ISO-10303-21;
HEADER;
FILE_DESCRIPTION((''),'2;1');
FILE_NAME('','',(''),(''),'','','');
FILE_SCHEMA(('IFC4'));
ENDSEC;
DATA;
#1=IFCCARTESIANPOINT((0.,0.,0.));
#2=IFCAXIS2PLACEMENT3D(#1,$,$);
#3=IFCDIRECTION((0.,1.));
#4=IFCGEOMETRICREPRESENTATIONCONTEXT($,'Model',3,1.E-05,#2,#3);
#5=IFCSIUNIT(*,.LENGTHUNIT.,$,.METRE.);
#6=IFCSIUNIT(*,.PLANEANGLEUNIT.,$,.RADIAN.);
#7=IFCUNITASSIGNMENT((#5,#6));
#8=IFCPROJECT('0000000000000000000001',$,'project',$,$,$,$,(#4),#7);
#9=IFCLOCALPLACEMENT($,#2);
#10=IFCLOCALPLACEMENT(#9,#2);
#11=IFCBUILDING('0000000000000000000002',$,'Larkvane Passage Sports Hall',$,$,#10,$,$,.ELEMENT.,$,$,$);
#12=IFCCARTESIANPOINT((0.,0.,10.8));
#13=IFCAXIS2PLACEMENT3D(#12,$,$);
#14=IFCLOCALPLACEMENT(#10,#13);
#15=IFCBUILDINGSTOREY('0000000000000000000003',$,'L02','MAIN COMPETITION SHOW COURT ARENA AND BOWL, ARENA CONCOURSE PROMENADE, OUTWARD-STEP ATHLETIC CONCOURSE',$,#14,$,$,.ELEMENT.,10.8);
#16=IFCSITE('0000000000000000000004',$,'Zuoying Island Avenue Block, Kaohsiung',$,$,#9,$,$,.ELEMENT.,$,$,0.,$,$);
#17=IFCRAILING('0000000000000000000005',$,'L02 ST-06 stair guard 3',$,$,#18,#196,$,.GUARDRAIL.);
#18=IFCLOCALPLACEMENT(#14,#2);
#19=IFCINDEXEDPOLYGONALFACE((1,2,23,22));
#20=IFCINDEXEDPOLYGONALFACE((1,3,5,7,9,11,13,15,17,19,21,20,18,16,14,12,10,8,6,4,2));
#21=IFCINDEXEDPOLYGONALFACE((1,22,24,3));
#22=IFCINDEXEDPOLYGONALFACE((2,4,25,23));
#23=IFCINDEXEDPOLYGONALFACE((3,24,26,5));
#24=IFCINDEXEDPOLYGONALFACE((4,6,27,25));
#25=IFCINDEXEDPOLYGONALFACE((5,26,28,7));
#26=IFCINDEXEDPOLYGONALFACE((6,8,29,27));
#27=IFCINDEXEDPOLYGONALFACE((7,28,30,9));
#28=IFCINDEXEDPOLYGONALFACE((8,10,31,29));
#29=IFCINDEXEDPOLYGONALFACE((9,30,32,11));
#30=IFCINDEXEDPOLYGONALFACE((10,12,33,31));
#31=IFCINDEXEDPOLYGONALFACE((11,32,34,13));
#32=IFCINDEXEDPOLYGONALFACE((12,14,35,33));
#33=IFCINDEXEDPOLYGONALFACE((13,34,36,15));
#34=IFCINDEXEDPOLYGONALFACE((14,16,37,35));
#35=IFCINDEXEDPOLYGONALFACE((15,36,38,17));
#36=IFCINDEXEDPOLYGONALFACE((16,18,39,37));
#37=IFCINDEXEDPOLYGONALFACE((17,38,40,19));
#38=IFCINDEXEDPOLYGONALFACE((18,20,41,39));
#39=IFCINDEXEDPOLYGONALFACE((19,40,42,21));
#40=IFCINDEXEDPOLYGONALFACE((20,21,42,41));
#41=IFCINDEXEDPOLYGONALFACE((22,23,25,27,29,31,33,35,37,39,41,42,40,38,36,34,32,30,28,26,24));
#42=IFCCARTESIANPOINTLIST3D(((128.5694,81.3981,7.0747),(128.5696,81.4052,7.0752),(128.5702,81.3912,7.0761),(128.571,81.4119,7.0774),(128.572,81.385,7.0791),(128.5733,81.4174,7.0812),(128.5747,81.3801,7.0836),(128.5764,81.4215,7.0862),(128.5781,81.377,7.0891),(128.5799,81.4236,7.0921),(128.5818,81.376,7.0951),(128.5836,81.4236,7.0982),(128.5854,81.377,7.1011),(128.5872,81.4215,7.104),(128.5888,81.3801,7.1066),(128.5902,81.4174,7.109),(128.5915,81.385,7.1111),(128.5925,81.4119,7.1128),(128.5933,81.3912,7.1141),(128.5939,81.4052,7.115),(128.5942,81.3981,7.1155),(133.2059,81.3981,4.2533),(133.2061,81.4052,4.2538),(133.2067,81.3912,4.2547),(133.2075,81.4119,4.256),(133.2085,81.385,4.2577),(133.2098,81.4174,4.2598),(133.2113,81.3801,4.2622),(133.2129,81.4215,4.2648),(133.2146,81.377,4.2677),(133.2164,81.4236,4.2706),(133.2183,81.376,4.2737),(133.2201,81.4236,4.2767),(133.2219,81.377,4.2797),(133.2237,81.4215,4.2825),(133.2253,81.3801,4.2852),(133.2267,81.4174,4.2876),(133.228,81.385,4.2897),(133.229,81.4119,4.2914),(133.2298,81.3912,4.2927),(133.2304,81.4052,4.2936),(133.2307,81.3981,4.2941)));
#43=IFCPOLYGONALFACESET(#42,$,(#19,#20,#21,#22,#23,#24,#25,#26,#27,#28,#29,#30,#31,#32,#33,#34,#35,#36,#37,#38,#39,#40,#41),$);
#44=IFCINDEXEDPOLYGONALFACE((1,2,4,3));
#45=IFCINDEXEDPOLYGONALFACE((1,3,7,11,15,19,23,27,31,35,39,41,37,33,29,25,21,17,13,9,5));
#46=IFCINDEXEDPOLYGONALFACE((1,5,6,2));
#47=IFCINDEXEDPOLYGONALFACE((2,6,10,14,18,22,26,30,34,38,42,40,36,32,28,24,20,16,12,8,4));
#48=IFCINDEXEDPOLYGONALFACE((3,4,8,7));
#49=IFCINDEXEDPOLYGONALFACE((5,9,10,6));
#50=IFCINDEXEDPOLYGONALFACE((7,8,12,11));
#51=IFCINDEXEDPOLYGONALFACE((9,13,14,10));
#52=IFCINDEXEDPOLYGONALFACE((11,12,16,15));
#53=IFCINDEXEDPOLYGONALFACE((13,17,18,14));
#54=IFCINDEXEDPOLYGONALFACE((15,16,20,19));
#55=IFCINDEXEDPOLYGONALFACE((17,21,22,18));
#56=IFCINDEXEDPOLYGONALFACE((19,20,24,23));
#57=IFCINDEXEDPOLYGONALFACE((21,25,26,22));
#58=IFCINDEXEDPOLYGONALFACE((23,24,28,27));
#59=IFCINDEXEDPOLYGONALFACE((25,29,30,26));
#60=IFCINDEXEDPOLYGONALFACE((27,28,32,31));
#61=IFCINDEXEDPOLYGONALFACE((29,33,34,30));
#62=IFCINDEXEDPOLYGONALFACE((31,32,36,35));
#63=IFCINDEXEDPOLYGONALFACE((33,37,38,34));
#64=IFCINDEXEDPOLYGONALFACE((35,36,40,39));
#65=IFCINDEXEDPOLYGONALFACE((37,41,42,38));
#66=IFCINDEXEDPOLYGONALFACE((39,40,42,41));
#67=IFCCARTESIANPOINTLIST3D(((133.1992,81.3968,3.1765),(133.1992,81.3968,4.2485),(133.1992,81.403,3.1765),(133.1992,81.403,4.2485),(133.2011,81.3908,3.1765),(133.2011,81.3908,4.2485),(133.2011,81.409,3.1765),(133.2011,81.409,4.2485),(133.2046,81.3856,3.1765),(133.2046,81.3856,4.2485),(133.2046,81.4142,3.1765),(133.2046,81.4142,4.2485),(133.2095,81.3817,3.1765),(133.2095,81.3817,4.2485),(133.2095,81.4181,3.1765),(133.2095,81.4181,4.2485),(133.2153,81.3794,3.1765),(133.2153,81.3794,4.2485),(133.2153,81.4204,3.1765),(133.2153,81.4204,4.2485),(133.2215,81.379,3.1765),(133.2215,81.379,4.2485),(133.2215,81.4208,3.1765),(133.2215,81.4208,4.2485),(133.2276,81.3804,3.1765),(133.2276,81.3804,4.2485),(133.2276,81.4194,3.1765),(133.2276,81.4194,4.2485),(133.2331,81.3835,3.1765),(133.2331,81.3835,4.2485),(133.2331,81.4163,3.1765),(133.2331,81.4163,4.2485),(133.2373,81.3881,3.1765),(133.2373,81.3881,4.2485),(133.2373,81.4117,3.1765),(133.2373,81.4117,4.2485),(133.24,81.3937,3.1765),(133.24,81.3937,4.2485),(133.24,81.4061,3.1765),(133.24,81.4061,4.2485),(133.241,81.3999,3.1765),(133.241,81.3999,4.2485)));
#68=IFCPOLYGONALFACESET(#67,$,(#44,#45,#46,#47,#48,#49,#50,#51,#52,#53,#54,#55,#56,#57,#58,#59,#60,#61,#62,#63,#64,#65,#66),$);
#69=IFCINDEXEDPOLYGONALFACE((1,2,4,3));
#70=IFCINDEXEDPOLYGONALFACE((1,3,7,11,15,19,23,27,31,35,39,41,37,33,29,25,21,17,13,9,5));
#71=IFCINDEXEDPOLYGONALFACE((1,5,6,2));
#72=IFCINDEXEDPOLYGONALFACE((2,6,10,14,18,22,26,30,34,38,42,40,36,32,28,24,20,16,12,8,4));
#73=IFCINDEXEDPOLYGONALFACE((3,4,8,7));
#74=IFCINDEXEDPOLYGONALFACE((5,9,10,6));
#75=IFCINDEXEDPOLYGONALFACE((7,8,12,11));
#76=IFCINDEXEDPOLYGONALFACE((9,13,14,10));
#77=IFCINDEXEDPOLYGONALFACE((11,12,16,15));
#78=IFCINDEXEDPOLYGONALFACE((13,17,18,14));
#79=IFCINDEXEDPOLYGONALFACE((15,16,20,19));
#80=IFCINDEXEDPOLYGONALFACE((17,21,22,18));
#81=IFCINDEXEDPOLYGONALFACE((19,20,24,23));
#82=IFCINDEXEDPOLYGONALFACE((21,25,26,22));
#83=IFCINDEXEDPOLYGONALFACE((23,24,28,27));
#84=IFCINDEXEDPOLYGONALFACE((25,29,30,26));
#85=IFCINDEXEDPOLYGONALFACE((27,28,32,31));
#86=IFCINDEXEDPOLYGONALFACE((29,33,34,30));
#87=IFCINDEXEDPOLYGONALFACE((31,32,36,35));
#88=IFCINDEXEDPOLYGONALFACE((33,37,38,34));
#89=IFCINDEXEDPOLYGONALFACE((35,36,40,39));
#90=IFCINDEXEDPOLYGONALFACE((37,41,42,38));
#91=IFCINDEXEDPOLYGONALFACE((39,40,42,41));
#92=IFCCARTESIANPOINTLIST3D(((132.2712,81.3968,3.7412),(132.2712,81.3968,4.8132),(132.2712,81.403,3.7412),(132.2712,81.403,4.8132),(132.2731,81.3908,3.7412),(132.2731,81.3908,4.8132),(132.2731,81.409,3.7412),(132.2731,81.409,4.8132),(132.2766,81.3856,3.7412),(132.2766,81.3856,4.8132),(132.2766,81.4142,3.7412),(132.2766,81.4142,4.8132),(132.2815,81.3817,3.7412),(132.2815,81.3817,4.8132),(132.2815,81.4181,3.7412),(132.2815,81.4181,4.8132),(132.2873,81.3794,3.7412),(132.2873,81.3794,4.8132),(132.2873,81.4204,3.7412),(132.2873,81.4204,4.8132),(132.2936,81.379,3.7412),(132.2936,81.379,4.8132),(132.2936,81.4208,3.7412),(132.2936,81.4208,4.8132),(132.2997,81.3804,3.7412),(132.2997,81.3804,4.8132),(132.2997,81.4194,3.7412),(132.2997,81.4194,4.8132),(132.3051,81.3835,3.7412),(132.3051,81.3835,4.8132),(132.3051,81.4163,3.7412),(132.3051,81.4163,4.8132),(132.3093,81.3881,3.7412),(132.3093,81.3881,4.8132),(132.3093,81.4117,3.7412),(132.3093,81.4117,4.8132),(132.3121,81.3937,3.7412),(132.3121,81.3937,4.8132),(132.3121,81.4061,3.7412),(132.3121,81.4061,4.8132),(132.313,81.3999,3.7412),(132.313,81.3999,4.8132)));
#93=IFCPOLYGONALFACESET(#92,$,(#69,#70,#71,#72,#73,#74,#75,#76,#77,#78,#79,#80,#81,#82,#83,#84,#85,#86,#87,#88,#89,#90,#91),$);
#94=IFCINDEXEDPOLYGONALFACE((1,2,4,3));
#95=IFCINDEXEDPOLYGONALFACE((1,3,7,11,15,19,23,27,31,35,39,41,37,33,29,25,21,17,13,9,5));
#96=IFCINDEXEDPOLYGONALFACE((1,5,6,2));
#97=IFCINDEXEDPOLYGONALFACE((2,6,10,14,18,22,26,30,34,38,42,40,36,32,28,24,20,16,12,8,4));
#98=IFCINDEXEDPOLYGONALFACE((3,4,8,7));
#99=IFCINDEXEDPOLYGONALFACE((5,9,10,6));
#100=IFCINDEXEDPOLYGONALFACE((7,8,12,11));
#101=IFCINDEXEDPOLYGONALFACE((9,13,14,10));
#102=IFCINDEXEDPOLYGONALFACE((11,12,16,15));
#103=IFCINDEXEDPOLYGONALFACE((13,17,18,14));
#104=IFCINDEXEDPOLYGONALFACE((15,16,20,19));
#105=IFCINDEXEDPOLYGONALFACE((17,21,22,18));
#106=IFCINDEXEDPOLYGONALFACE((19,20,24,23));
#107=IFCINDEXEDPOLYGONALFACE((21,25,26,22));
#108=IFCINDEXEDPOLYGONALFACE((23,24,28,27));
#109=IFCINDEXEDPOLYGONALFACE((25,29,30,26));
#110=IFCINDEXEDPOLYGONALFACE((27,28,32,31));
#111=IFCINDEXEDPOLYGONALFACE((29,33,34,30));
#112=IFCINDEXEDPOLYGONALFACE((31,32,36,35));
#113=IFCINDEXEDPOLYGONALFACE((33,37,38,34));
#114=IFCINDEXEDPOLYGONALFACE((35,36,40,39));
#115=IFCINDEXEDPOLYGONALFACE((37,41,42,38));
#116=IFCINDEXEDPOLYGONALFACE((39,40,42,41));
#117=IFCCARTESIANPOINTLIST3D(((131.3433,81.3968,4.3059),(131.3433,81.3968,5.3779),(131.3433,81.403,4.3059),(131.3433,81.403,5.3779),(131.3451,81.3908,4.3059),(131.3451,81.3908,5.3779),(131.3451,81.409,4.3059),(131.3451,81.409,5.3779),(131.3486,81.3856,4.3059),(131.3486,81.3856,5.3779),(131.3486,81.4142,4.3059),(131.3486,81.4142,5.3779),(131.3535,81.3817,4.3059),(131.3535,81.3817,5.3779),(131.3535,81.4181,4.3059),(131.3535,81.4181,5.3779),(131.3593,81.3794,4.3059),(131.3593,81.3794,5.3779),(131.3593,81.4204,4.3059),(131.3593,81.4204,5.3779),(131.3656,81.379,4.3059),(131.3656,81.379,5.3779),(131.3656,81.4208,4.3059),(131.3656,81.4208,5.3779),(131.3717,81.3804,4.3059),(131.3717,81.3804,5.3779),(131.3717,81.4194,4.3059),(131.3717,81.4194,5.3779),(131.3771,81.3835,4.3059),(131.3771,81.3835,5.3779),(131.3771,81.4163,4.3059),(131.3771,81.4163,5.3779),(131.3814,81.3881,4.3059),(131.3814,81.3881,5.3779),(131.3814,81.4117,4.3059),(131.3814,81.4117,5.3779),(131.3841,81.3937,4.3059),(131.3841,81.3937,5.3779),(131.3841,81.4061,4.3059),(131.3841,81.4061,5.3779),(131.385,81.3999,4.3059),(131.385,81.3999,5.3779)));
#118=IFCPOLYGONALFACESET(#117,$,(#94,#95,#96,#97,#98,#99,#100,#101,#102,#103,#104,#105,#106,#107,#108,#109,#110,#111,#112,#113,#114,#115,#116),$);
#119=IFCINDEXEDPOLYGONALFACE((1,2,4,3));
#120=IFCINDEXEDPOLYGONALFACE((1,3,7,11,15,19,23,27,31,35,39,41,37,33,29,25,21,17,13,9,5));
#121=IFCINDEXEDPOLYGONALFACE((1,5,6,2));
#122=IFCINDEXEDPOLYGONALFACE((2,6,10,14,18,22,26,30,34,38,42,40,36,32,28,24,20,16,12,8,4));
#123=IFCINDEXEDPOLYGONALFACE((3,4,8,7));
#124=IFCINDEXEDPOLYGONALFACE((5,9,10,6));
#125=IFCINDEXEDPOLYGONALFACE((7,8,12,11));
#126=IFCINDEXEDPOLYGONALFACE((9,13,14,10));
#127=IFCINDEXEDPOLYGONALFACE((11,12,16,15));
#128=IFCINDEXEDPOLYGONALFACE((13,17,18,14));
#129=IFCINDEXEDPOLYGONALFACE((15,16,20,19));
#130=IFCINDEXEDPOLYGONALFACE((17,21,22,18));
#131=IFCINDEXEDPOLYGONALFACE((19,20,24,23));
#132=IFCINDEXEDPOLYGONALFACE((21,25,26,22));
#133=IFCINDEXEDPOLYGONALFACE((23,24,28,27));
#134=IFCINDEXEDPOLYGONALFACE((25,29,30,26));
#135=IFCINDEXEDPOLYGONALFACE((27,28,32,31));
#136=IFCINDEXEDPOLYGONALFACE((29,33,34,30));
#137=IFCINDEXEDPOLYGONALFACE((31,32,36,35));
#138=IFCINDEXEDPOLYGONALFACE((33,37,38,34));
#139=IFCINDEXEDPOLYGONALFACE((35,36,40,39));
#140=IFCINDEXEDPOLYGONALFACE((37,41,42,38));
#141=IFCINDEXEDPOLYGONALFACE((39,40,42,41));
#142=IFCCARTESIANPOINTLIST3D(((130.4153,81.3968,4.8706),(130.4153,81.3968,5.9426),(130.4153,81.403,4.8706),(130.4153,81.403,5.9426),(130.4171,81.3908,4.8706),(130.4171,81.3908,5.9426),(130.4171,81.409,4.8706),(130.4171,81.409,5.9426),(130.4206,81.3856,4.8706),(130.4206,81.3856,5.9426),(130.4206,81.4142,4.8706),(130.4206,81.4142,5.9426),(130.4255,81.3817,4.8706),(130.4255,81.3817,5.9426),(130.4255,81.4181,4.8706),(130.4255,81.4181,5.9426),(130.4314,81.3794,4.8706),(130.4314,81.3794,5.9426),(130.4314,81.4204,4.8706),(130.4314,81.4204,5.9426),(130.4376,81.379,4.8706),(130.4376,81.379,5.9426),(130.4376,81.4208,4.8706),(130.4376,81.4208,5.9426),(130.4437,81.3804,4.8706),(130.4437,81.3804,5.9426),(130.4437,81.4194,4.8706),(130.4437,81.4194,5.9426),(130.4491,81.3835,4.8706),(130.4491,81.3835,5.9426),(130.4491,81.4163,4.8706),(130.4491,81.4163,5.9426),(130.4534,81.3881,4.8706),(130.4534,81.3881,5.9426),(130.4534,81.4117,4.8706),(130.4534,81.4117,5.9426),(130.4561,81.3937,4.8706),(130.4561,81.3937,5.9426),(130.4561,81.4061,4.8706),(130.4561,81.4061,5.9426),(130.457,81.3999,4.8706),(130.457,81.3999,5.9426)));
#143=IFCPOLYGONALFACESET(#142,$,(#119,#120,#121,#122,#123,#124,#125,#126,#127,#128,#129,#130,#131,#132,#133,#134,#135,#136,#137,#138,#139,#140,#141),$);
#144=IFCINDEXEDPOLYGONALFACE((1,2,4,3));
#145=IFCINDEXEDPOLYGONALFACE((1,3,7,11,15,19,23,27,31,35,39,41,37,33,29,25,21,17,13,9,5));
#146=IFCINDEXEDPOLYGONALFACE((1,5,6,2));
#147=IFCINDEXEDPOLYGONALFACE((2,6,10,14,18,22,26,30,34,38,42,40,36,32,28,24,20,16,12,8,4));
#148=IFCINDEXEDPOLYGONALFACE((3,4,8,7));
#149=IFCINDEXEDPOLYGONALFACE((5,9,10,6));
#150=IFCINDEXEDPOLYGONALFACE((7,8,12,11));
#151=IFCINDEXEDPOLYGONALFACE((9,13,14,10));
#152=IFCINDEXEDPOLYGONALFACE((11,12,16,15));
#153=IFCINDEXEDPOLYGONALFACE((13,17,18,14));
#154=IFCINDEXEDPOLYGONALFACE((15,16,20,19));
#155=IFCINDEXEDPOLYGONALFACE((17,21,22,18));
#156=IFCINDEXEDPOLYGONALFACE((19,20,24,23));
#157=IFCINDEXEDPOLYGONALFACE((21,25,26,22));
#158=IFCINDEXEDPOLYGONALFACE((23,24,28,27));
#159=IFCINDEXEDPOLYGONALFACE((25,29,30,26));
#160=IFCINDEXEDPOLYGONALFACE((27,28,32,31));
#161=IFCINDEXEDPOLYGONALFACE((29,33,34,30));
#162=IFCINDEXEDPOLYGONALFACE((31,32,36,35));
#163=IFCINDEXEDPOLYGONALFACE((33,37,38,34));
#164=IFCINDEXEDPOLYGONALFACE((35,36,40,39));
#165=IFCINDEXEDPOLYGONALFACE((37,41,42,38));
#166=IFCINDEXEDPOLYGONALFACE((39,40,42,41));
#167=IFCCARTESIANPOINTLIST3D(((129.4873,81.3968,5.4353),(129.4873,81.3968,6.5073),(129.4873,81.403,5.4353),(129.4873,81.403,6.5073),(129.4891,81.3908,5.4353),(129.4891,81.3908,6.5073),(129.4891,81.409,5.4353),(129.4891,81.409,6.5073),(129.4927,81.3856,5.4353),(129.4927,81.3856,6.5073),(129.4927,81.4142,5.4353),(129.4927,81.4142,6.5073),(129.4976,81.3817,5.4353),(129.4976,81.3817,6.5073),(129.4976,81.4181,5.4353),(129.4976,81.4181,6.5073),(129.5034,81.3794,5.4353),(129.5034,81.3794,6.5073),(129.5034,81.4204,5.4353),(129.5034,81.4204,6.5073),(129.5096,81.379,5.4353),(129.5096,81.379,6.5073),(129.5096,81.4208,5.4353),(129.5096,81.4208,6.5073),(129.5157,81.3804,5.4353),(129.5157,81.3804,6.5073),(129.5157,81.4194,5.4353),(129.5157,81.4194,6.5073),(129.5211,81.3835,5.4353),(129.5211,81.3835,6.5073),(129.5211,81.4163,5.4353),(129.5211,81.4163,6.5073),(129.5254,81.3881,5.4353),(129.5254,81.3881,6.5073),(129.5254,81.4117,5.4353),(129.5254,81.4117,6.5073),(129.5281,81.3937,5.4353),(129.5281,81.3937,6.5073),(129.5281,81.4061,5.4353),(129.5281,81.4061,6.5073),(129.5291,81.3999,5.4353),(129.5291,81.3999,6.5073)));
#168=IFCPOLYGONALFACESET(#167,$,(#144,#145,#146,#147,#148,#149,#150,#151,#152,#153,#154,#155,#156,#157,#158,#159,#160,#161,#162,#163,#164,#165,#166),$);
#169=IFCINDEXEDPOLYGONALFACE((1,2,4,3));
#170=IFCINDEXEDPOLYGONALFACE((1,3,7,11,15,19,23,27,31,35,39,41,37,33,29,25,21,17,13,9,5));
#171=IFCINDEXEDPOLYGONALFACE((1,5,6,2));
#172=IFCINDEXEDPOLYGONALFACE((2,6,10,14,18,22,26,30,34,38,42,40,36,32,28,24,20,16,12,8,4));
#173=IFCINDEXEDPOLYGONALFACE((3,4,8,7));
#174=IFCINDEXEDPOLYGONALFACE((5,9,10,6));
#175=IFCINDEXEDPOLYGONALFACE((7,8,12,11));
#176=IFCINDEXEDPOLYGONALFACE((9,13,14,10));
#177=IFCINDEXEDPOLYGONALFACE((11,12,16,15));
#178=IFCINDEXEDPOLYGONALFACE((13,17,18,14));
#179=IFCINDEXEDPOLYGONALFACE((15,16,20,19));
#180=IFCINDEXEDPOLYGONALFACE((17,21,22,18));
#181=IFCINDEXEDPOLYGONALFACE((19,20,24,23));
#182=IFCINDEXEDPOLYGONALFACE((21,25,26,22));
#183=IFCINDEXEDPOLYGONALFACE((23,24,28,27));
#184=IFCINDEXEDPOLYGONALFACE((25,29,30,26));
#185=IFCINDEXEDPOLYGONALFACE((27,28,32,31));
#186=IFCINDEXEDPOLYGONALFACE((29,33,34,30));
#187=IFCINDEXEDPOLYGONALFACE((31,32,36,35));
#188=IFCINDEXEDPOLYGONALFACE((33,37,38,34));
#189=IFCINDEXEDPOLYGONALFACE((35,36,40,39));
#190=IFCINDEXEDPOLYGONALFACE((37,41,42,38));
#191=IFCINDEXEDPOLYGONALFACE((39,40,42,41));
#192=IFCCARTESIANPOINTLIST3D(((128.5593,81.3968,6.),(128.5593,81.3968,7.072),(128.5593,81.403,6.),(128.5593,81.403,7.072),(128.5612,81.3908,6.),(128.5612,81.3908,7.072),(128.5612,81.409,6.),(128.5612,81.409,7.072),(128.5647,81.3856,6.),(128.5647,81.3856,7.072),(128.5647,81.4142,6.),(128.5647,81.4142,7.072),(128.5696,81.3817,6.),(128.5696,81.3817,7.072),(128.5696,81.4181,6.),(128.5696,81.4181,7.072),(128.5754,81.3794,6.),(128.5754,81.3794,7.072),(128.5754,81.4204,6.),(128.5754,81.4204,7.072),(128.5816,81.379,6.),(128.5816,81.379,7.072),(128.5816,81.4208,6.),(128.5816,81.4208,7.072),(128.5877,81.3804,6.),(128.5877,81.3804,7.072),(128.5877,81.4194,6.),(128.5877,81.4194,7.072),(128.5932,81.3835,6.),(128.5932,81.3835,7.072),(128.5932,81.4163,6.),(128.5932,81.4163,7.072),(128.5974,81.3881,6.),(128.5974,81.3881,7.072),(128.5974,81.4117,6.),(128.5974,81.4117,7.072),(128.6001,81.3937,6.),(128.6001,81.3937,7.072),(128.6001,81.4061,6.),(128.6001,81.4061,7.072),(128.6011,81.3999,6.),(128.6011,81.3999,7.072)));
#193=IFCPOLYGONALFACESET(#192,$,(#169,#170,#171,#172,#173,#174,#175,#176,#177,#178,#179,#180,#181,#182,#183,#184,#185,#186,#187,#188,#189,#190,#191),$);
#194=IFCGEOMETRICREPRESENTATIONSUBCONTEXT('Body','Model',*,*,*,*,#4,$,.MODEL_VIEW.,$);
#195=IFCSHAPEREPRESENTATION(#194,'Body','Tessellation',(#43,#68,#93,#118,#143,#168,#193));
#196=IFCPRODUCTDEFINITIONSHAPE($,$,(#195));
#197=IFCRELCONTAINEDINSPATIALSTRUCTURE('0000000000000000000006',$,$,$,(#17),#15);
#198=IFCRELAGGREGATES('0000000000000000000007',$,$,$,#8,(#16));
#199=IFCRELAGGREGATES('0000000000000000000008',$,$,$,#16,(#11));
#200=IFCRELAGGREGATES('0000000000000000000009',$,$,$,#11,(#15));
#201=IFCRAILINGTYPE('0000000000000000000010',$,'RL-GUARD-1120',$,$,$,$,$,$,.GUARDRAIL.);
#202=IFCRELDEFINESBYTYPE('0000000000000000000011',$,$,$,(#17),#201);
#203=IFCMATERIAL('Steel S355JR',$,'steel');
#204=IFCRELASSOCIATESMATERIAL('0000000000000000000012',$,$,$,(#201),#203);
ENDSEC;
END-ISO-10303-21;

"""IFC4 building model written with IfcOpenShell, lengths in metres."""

from ifc_helpers import new_model, si_unit, direction, frame, origin, origin_2d, place, context, subcontext, project, spatial, circle, extrude, material, type_object, element, save


model = new_model("IFC4")

# Units and contexts
model_context = context("Model", 3, precision=1e-05, world=origin(), true_north=direction((0.0, 1.0)))
body_context = subcontext(model_context, "Body", "Model", "MODEL_VIEW")
ifc_project = project(units=[si_unit("LENGTHUNIT", "METRE"), si_unit("PLANEANGLEUNIT", "RADIAN")], contexts=[model_context])

# Site, building, storey
site_placement = place(None, origin())
site = spatial("IfcSite", under=ifc_project, at=site_placement, Name="Zuoying Island Avenue Block, Kaohsiung", CompositionType="ELEMENT", RefElevation=0.0)
building_placement = place(site_placement, origin())
building = spatial("IfcBuilding", under=site, at=building_placement, Name="Larkvane Passage Sports Hall", CompositionType="ELEMENT")
storey_placement = place(building_placement, frame((0.0, 0.0, 10.8)))
storey = spatial("IfcBuildingStorey", under=building, at=storey_placement, Name="L02", Description="MAIN COMPETITION SHOW COURT ARENA AND BOWL, ARENA CONCOURSE PROMENADE, OUTWARD-STEP ATHLETIC CONCOURSE", CompositionType="ELEMENT", Elevation=10.8)

# Shared definitions
ifc_material_1 = material(Name="Steel S355JR", Category="steel")

# Railing
railing_type_1 = type_object("IfcRailingType", Name="RL-GUARD-1120", PredefinedType="GUARDRAIL", material=ifc_material_1)
railing_1_placement = place(storey_placement, frame((133.22, 81.3999, 3.1765)))
element("IfcRailing", 1, at=railing_1_placement, inside=storey, type_object=railing_type_1, Name="L02 ST-06 stair guard 3", PredefinedType="GUARDRAIL", context=body_context, shape_type="SweptSolid", body=[
    extrude(circle(Radius=0.0239, at=origin_2d()), frame((-0.0017, 0.0, 1.0972), z_axis=(-0.854264, 0.0, 0.51984), x_axis=(0.0, -1.0, 0.0)), (0.0, 0.0, 1.0), 5.4275),
    extrude(circle(Radius=0.021, at=origin_2d()), origin(), (0.0, 0.0, 1.0), 1.072),
    extrude(circle(Radius=0.021, at=origin_2d()), frame((-0.928, 0.0, 0.5647)), (0.0, 0.0, 1.0), 1.072),
    extrude(circle(Radius=0.021, at=origin_2d()), frame((-1.856, 0.0, 1.1294)), (0.0, 0.0, 1.0), 1.072),
    extrude(circle(Radius=0.021, at=origin_2d()), frame((-2.7839, 0.0, 1.6941)), (0.0, 0.0, 1.0), 1.072),
    extrude(circle(Radius=0.021, at=origin_2d()), frame((-3.7119, 0.0, 2.2588)), (0.0, 0.0, 1.0), 1.072),
    extrude(circle(Radius=0.021, at=origin_2d()), frame((-4.6399, 0.0, 2.8235)), (0.0, 0.0, 1.0), 1.072),
])

save(model, "model.ifc")
